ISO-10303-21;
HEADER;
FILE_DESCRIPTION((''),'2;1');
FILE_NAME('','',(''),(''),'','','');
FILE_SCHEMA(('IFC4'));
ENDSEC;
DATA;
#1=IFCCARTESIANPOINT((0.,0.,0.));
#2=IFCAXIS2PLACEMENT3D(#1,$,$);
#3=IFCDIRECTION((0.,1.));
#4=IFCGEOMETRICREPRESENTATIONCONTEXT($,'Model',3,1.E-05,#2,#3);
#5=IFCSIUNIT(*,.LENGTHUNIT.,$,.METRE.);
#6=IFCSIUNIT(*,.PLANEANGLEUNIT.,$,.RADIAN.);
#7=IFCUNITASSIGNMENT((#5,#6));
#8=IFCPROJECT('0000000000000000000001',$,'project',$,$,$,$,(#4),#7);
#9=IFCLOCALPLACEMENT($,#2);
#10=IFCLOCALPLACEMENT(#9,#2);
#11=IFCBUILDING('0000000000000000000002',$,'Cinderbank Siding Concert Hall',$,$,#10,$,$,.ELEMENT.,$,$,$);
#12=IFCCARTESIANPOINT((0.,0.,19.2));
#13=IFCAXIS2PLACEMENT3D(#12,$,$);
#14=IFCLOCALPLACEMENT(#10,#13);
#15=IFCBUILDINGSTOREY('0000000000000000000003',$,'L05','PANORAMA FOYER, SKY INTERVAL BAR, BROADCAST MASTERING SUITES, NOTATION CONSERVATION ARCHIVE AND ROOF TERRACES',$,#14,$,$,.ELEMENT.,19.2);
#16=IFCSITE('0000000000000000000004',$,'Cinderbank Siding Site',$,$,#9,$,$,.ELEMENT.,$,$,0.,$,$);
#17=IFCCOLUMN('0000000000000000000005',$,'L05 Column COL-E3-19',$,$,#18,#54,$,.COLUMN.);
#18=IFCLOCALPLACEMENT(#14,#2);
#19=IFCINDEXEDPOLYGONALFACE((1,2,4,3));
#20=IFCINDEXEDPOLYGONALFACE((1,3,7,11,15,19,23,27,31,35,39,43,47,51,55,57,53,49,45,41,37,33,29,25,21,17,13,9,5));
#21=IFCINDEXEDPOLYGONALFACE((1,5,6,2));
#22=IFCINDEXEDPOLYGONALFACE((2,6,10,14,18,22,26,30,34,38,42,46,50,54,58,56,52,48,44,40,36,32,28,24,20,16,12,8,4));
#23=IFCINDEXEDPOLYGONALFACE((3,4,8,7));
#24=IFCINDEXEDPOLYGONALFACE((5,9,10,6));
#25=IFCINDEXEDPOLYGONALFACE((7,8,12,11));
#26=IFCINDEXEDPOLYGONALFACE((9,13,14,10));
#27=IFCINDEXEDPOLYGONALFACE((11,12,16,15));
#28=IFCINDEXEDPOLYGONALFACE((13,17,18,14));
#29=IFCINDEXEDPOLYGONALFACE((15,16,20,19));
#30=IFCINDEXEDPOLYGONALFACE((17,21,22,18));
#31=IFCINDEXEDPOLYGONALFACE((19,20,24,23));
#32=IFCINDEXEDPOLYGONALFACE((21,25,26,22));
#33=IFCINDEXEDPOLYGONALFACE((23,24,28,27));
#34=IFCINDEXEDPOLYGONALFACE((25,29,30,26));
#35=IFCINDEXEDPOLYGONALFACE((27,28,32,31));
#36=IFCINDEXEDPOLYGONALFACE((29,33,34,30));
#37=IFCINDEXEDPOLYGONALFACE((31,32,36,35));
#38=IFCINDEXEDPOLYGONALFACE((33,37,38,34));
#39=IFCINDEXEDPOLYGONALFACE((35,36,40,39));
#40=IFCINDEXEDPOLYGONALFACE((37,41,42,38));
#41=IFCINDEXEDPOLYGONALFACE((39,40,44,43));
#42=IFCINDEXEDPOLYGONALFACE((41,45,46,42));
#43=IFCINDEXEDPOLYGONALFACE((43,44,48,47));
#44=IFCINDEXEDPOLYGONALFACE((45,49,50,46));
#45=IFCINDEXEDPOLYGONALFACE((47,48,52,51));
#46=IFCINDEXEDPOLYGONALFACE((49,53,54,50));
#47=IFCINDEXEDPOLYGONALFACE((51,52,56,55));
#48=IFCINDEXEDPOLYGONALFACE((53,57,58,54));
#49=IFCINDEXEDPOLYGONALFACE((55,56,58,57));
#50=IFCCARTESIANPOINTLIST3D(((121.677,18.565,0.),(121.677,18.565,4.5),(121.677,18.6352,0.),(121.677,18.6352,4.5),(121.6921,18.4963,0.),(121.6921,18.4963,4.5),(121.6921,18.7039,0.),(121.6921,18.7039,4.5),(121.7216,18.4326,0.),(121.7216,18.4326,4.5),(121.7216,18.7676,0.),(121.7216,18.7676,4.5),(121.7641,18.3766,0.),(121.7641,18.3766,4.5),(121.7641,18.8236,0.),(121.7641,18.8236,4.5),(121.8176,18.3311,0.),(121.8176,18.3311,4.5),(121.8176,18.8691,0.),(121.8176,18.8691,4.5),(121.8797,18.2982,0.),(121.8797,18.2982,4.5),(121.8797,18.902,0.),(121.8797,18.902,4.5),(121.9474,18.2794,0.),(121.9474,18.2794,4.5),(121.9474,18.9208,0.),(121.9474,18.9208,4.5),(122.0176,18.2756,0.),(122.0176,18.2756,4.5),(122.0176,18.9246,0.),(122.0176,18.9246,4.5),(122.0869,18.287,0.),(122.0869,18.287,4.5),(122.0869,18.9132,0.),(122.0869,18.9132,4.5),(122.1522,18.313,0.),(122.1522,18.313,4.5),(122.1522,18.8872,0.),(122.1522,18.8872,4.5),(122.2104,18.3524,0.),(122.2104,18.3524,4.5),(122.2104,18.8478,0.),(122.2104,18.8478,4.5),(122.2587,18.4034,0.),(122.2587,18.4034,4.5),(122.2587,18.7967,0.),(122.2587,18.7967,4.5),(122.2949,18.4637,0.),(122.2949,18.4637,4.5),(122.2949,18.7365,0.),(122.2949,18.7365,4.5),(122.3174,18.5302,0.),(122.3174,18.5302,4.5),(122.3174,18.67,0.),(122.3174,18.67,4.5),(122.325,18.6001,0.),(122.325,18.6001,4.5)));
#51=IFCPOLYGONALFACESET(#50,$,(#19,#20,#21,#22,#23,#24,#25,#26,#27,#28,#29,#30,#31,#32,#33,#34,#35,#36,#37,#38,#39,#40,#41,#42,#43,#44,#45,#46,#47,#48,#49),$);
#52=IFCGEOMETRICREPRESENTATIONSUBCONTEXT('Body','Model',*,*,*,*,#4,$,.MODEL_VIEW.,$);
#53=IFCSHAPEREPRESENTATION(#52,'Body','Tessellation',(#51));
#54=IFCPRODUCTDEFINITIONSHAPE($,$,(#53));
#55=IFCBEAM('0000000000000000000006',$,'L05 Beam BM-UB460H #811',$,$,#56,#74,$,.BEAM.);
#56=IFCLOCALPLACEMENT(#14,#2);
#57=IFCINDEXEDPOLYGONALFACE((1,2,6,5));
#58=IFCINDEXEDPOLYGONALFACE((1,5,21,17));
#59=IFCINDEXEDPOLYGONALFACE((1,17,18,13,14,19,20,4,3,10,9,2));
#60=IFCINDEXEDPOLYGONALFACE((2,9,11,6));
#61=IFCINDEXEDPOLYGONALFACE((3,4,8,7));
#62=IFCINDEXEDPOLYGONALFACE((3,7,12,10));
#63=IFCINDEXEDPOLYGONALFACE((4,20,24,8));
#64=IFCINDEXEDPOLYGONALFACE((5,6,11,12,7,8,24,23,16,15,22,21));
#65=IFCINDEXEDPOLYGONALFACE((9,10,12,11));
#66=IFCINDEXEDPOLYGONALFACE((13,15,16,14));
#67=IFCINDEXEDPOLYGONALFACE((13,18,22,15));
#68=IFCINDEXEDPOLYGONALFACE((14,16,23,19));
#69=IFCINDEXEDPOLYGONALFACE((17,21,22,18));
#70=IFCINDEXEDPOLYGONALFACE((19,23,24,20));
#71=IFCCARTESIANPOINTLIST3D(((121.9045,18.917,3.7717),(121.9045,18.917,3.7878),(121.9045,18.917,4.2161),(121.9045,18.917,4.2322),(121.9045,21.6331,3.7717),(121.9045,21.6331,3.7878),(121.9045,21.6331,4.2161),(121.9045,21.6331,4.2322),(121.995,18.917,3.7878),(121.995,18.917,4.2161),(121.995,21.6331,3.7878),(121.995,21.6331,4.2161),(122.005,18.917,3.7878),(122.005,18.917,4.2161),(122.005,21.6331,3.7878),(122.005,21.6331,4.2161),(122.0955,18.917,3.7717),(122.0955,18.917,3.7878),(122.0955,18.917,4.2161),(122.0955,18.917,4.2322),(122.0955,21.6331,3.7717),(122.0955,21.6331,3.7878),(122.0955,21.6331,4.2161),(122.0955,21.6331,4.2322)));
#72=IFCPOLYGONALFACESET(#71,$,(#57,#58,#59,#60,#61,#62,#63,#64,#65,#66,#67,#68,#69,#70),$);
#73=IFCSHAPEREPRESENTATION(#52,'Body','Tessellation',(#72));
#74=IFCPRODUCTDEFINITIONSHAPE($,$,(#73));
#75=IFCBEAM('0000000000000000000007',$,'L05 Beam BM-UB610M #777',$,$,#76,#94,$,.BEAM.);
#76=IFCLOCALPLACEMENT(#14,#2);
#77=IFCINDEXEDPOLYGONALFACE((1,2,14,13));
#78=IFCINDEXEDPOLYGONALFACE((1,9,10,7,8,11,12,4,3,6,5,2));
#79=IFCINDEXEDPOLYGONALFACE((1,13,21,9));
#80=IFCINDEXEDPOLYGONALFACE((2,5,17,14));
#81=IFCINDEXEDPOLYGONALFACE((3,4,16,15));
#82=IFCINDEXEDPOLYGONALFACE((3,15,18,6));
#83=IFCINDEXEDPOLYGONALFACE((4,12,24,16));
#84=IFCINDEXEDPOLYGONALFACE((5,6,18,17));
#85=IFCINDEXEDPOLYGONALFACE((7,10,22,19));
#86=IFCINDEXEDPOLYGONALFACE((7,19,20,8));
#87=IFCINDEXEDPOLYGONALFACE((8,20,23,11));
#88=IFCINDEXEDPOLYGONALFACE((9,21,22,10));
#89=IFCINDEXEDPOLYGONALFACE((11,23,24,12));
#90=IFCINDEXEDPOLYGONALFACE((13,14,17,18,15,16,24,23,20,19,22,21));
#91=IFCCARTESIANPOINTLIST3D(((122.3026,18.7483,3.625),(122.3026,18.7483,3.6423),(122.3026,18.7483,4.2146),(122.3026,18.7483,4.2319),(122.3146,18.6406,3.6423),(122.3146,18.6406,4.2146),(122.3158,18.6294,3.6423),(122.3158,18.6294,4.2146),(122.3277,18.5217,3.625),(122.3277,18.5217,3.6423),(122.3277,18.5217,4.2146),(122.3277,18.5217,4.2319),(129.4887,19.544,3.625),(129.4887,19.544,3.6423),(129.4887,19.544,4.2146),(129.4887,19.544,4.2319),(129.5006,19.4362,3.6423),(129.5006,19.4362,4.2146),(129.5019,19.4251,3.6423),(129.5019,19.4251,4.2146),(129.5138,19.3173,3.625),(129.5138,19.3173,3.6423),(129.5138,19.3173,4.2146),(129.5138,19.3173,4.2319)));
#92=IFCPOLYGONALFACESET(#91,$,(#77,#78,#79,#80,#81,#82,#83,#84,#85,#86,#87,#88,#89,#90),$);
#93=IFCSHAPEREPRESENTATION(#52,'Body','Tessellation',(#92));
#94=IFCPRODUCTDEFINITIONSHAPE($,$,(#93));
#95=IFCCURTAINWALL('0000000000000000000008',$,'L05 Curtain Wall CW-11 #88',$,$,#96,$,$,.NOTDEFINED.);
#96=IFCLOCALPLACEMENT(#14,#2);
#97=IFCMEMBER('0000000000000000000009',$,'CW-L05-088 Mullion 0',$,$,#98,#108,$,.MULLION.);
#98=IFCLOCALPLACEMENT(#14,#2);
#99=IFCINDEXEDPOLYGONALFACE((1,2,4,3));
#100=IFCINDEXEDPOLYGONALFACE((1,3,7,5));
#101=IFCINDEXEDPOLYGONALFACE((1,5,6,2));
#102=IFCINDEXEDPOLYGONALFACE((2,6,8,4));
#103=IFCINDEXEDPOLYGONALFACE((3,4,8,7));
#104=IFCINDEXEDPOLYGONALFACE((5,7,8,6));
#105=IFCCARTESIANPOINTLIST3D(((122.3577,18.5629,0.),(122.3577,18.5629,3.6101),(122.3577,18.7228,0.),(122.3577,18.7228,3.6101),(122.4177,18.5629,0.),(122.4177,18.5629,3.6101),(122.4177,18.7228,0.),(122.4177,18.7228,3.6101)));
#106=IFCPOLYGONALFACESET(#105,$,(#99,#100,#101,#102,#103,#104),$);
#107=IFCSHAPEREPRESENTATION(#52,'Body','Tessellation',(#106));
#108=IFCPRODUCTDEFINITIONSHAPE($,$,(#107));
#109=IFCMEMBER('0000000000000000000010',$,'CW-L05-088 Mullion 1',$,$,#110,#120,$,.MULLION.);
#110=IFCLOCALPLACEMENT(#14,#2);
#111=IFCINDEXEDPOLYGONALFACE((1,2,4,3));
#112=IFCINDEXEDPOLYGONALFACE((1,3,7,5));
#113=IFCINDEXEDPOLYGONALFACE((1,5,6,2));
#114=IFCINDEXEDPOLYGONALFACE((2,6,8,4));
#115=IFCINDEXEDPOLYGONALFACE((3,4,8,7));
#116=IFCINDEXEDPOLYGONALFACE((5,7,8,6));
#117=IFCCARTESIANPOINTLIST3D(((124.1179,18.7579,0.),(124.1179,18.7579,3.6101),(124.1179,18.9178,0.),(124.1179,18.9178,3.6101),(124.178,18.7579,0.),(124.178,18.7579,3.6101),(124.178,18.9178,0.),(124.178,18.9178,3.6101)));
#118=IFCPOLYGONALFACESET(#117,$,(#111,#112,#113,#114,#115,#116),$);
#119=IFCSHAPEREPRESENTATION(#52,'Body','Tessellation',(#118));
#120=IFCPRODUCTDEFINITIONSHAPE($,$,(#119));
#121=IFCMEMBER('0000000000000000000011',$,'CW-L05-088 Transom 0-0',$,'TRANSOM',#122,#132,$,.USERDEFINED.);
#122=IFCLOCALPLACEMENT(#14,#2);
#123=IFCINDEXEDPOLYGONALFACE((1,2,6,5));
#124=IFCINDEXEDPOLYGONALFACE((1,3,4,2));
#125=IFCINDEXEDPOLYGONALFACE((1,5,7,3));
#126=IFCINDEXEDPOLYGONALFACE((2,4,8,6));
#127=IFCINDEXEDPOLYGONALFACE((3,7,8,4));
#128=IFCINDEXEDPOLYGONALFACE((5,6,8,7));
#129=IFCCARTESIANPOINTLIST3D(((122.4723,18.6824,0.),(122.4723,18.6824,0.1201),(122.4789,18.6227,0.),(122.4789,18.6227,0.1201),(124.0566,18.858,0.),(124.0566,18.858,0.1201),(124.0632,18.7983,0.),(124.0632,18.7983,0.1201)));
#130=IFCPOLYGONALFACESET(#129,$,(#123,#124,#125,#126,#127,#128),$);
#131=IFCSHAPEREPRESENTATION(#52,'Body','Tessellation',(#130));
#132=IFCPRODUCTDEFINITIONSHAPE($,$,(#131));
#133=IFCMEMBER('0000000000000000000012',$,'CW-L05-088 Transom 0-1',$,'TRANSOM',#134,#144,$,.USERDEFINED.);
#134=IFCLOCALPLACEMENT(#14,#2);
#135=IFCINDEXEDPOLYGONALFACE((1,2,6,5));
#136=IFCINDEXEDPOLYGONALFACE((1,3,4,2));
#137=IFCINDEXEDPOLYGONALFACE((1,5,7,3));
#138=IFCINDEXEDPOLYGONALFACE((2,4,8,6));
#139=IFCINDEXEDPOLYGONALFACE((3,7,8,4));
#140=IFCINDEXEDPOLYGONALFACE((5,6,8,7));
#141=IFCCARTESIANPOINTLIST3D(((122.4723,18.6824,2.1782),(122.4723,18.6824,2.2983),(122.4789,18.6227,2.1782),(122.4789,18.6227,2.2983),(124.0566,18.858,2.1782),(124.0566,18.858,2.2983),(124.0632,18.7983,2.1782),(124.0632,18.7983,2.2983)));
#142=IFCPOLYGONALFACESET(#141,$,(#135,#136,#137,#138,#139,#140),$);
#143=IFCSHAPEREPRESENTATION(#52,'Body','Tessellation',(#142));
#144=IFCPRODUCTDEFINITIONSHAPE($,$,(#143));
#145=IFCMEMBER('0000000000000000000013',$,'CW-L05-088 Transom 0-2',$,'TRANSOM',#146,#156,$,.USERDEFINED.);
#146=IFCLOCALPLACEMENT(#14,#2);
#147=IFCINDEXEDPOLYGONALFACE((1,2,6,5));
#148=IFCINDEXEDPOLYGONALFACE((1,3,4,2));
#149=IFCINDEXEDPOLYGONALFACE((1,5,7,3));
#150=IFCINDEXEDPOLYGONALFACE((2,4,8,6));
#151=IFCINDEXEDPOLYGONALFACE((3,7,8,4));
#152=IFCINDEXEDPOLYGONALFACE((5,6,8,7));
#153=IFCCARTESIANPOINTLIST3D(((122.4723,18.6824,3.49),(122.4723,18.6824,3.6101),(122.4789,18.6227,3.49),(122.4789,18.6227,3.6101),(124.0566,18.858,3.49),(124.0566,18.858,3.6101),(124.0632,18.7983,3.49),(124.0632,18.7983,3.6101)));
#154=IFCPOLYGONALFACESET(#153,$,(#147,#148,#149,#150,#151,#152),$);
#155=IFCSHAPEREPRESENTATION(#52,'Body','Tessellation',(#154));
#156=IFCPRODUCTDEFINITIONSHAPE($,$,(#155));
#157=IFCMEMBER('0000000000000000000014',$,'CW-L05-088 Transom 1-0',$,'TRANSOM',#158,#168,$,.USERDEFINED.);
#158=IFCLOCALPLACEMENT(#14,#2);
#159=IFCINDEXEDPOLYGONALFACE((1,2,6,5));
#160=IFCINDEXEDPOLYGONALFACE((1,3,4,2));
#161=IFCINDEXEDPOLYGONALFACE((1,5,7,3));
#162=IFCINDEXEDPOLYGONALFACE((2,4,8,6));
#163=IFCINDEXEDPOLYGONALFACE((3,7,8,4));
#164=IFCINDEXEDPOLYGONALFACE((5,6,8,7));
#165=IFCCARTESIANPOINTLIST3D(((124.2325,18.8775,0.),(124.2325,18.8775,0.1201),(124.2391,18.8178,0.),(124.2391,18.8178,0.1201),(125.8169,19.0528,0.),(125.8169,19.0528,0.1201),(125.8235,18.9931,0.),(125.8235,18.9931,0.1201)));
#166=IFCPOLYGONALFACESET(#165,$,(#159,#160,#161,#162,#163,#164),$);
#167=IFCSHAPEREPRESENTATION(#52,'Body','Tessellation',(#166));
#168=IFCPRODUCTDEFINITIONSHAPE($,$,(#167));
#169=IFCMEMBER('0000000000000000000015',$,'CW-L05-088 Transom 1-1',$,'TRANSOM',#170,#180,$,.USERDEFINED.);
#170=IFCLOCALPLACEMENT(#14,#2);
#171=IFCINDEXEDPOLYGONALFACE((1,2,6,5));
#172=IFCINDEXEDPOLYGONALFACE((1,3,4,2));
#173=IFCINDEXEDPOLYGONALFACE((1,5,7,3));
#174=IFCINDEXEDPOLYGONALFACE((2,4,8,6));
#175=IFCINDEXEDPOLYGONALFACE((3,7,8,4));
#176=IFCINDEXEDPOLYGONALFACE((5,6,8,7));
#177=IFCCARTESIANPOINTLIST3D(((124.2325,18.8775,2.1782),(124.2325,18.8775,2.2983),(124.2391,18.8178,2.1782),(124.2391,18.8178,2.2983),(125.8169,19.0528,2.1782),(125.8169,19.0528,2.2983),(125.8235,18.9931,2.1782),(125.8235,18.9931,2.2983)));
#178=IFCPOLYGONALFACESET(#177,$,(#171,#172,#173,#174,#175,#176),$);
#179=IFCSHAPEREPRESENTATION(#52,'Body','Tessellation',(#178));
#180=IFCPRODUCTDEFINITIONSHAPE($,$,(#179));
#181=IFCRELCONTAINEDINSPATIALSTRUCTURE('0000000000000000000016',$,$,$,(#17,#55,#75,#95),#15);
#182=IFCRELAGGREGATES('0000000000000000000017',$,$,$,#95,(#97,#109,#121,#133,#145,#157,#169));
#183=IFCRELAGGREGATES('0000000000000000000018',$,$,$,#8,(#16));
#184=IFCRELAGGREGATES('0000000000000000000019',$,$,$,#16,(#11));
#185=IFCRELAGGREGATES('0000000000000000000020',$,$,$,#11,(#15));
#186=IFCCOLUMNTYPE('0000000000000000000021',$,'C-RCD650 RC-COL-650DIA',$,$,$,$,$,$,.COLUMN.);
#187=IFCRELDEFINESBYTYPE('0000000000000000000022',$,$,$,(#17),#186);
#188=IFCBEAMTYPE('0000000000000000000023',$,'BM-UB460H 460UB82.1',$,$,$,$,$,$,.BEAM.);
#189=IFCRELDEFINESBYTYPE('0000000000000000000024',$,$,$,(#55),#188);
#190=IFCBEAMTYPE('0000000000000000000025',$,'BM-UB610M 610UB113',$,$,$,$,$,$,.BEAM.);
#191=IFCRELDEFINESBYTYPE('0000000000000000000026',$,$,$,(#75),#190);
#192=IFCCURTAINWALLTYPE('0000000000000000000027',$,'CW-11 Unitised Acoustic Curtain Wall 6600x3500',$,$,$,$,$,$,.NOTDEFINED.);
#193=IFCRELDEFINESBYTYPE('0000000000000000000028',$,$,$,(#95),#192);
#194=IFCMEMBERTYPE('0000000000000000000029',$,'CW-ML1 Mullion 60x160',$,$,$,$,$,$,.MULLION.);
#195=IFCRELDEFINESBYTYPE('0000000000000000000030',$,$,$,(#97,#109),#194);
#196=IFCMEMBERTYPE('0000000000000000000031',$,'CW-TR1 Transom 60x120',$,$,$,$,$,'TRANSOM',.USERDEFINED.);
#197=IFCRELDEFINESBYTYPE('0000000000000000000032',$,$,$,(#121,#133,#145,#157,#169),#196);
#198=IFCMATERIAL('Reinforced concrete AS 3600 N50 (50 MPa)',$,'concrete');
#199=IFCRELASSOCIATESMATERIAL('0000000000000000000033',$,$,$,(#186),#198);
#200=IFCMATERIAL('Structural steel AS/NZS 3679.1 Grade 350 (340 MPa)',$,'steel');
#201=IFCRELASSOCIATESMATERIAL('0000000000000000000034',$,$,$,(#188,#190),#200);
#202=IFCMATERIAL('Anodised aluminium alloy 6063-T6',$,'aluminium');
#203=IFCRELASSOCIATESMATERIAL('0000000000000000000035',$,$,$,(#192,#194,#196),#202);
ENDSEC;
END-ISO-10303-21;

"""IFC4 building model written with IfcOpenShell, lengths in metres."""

from ifc_helpers import new_model, si_unit, direction, frame, origin, origin_2d, place, context, subcontext, project, spatial, rectangle, circle, i_section, extrude, material, material_profile, profile_set, type_object, element, aggregate, save


model = new_model("IFC4")

# Units and contexts
model_context = context("Model", 3, precision=1e-05, world=origin(), true_north=direction((0.0, 1.0)))
body_context = subcontext(model_context, "Body", "Model", "MODEL_VIEW")
ifc_project = project(units=[si_unit("LENGTHUNIT", "METRE"), si_unit("PLANEANGLEUNIT", "RADIAN")], contexts=[model_context])

# Site, building, storey
site_placement = place(None, origin())
site = spatial("IfcSite", under=ifc_project, at=site_placement, Name="Cinderbank Siding Site", CompositionType="ELEMENT", RefElevation=0.0)
building_placement = place(site_placement, origin())
building = spatial("IfcBuilding", under=site, at=building_placement, Name="Cinderbank Siding Concert Hall", CompositionType="ELEMENT")
storey_placement = place(building_placement, frame((0.0, 0.0, 19.2)))
storey = spatial("IfcBuildingStorey", under=building, at=storey_placement, Name="L05", Description="PANORAMA FOYER, SKY INTERVAL BAR, BROADCAST MASTERING SUITES, NOTATION CONSERVATION ARCHIVE AND ROOF TERRACES", CompositionType="ELEMENT", Elevation=19.2)

# Column
ifc_material_1 = material(Name="Reinforced concrete AS 3600 N50 (50 MPa)", Category="concrete")
ifc_material_profile_1 = material_profile(ifc_material_1, circle(Radius=0.325, at=origin_2d()), Name="RC-COL-650DIA", Category="LoadBearing")
ifc_profile_set_1 = profile_set([ifc_material_profile_1], Name="Reinforced concrete AS 3600 N50 (50 MPa)")
column_type = type_object("IfcColumnType", Name="C-RCD650 RC-COL-650DIA", PredefinedType="COLUMN", material=ifc_profile_set_1)
column_placement = place(storey_placement, frame((122.0, 18.6001, 0.0), z_axis=(0.0, 0.0, 1.0), x_axis=(1.0, 0.0, 0.0)))
element("IfcColumn", 1, at=column_placement, inside=storey, type_object=column_type, Name="L05 Column COL-E3-19", PredefinedType="COLUMN", context=body_context, shape_type="SweptSolid", body=[
    extrude(circle(Radius=0.325, at=origin_2d()), origin(), (0.0, 0.0, 1.0), 4.5),
])

# Beams
ifc_material_2 = material(Name="Structural steel AS/NZS 3679.1 Grade 350 (340 MPa)", Category="steel")
ifc_material_profile_2 = material_profile(ifc_material_2, i_section(OverallWidth=0.1909, OverallDepth=0.4604, WebThickness=0.01, FlangeThickness=0.0161, at=origin_2d()), Name="460UB82.1", Category="LoadBearing")
ifc_profile_set_2 = profile_set([ifc_material_profile_2], Name="Structural steel AS/NZS 3679.1 Grade 350 (340 MPa)")
beam_type_1 = type_object("IfcBeamType", Name="BM-UB460H 460UB82.1", PredefinedType="BEAM", material=ifc_profile_set_2)
beam_1_placement = place(storey_placement, frame((122.0, 21.6331, 4.002), z_axis=(0.0, -1.0, 0.0), x_axis=(1.0, 0.0, 0.0)))
element("IfcBeam", 2, at=beam_1_placement, inside=storey, type_object=beam_type_1, Name="L05 Beam BM-UB460H #811", PredefinedType="BEAM", context=body_context, shape_type="SweptSolid", body=[
    extrude(i_section(OverallWidth=0.1909, OverallDepth=0.4604, WebThickness=0.01, FlangeThickness=0.0161, at=origin_2d()), origin(), (0.0, 0.0, 1.0), 2.7161),
])
ifc_material_profile_3 = material_profile(ifc_material_2, i_section(OverallWidth=0.228, OverallDepth=0.6069, WebThickness=0.0112, FlangeThickness=0.0173, at=origin_2d()), Name="610UB113", Category="LoadBearing")
ifc_profile_set_3 = profile_set([ifc_material_profile_3], Name="Structural steel AS/NZS 3679.1 Grade 350 (340 MPa)")
beam_type_2 = type_object("IfcBeamType", Name="BM-UB610M 610UB113", PredefinedType="BEAM", material=ifc_profile_set_3)
beam_2_placement = place(storey_placement, frame((122.3152, 18.635, 3.9285), z_axis=(0.993926, 0.11005, 0.0), x_axis=(-0.11005, 0.993926, 0.0)))
element("IfcBeam", 3, at=beam_2_placement, inside=storey, type_object=beam_type_2, Name="L05 Beam BM-UB610M #777", PredefinedType="BEAM", context=body_context, shape_type="SweptSolid", body=[
    extrude(i_section(OverallWidth=0.228, OverallDepth=0.6069, WebThickness=0.0112, FlangeThickness=0.0173, at=origin_2d()), origin(), (0.0, 0.0, 1.0), 7.23),
])

# Curtain wall, members
ifc_material_3 = material(Name="Anodised aluminium alloy 6063-T6", Category="aluminium")
curtain_wall_type = type_object("IfcCurtainWallType", Name="CW-11 Unitised Acoustic Curtain Wall 6600x3500", PredefinedType="NOTDEFINED", material=ifc_material_3)
curtain_wall_placement = place(storey_placement, origin())
curtain_wall = element("IfcCurtainWall", 4, at=curtain_wall_placement, inside=storey, type_object=curtain_wall_type, Name="L05 Curtain Wall CW-11 #88", PredefinedType="NOTDEFINED")
ifc_material_profile_4 = material_profile(ifc_material_3, rectangle(XDim=0.0601, YDim=0.1599, at=origin_2d()), Name="ALU-MULL-60x160", Category="LoadBearing")
ifc_profile_set_4 = profile_set([ifc_material_profile_4], Name="Anodised aluminium alloy 6063-T6")
member_type_1 = type_object("IfcMemberType", Name="CW-ML1 Mullion 60x160", PredefinedType="MULLION", material=ifc_profile_set_4)
member_1_placement = place(storey_placement, frame((122.3877, 18.6428, 0.0), z_axis=(0.0, 0.0, 1.0), x_axis=(1.0, 0.0, 0.0)))
member_1 = element("IfcMember", 5, at=member_1_placement, type_object=member_type_1, Name="CW-L05-088 Mullion 0", PredefinedType="MULLION", context=body_context, shape_type="SweptSolid", body=[
    extrude(rectangle(XDim=0.0601, YDim=0.1599, at=origin_2d()), origin(), (0.0, 0.0, 1.0), 3.6101),
])
member_2_placement = place(storey_placement, frame((124.1479, 18.8379, 0.0), z_axis=(0.0, 0.0, 1.0), x_axis=(1.0, 0.0, 0.0)))
member_2 = element("IfcMember", 6, at=member_2_placement, type_object=member_type_1, Name="CW-L05-088 Mullion 1", PredefinedType="MULLION", context=body_context, shape_type="SweptSolid", body=[
    extrude(rectangle(XDim=0.0601, YDim=0.1599, at=origin_2d()), origin(), (0.0, 0.0, 1.0), 3.6101),
])
ifc_material_profile_5 = material_profile(ifc_material_3, rectangle(XDim=0.0601, YDim=0.1201, at=origin_2d()), Name="ALU-TRAN-60x120", Category="LoadBearing")
ifc_profile_set_5 = profile_set([ifc_material_profile_5], Name="Anodised aluminium alloy 6063-T6")
member_type_2 = type_object("IfcMemberType", Name="CW-TR1 Transom 60x120", ElementType="TRANSOM", PredefinedType="USERDEFINED", material=ifc_profile_set_5)
member_3_placement = place(storey_placement, frame((122.4756, 18.6526, 0.0601), z_axis=(0.993917, 0.110129, 0.0), x_axis=(-0.110129, 0.993917, 0.0)))
member_3 = element("IfcMember", 7, at=member_3_placement, type_object=member_type_2, Name="CW-L05-088 Transom 0-0", ObjectType="TRANSOM", PredefinedType="USERDEFINED", context=body_context, shape_type="SweptSolid", body=[
    extrude(rectangle(XDim=0.0601, YDim=0.1201, at=origin_2d()), origin(), (0.0, 0.0, 1.0), 1.594),
])
member_4_placement = place(storey_placement, frame((122.4756, 18.6526, 2.2383), z_axis=(0.993917, 0.110129, 0.0), x_axis=(-0.110129, 0.993917, 0.0)))
member_4 = element("IfcMember", 8, at=member_4_placement, type_object=member_type_2, Name="CW-L05-088 Transom 0-1", ObjectType="TRANSOM", PredefinedType="USERDEFINED", context=body_context, shape_type="SweptSolid", body=[
    extrude(rectangle(XDim=0.0601, YDim=0.1201, at=origin_2d()), origin(), (0.0, 0.0, 1.0), 1.594),
])
member_5_placement = place(storey_placement, frame((122.4756, 18.6526, 3.55), z_axis=(0.993917, 0.110129, 0.0), x_axis=(-0.110129, 0.993917, 0.0)))
member_5 = element("IfcMember", 9, at=member_5_placement, type_object=member_type_2, Name="CW-L05-088 Transom 0-2", ObjectType="TRANSOM", PredefinedType="USERDEFINED", context=body_context, shape_type="SweptSolid", body=[
    extrude(rectangle(XDim=0.0601, YDim=0.1201, at=origin_2d()), origin(), (0.0, 0.0, 1.0), 1.594),
])
member_6_placement = place(storey_placement, frame((124.2358, 18.8477, 0.0601), z_axis=(0.993934, 0.109978, 0.0), x_axis=(-0.109978, 0.993934, 0.0)))
member_6 = element("IfcMember", 10, at=member_6_placement, type_object=member_type_2, Name="CW-L05-088 Transom 1-0", ObjectType="TRANSOM", PredefinedType="USERDEFINED", context=body_context, shape_type="SweptSolid", body=[
    extrude(rectangle(XDim=0.0601, YDim=0.1201, at=origin_2d()), origin(), (0.0, 0.0, 1.0), 1.594),
])
member_7_placement = place(storey_placement, frame((124.2358, 18.8477, 2.2383), z_axis=(0.993934, 0.109978, 0.0), x_axis=(-0.109978, 0.993934, 0.0)))
member_7 = element("IfcMember", 11, at=member_7_placement, type_object=member_type_2, Name="CW-L05-088 Transom 1-1", ObjectType="TRANSOM", PredefinedType="USERDEFINED", context=body_context, shape_type="SweptSolid", body=[
    extrude(rectangle(XDim=0.0601, YDim=0.1201, at=origin_2d()), origin(), (0.0, 0.0, 1.0), 1.594),
])
aggregate(curtain_wall, [member_1, member_2, member_3, member_4, member_5, member_6, member_7])

save(model, "model.ifc")
